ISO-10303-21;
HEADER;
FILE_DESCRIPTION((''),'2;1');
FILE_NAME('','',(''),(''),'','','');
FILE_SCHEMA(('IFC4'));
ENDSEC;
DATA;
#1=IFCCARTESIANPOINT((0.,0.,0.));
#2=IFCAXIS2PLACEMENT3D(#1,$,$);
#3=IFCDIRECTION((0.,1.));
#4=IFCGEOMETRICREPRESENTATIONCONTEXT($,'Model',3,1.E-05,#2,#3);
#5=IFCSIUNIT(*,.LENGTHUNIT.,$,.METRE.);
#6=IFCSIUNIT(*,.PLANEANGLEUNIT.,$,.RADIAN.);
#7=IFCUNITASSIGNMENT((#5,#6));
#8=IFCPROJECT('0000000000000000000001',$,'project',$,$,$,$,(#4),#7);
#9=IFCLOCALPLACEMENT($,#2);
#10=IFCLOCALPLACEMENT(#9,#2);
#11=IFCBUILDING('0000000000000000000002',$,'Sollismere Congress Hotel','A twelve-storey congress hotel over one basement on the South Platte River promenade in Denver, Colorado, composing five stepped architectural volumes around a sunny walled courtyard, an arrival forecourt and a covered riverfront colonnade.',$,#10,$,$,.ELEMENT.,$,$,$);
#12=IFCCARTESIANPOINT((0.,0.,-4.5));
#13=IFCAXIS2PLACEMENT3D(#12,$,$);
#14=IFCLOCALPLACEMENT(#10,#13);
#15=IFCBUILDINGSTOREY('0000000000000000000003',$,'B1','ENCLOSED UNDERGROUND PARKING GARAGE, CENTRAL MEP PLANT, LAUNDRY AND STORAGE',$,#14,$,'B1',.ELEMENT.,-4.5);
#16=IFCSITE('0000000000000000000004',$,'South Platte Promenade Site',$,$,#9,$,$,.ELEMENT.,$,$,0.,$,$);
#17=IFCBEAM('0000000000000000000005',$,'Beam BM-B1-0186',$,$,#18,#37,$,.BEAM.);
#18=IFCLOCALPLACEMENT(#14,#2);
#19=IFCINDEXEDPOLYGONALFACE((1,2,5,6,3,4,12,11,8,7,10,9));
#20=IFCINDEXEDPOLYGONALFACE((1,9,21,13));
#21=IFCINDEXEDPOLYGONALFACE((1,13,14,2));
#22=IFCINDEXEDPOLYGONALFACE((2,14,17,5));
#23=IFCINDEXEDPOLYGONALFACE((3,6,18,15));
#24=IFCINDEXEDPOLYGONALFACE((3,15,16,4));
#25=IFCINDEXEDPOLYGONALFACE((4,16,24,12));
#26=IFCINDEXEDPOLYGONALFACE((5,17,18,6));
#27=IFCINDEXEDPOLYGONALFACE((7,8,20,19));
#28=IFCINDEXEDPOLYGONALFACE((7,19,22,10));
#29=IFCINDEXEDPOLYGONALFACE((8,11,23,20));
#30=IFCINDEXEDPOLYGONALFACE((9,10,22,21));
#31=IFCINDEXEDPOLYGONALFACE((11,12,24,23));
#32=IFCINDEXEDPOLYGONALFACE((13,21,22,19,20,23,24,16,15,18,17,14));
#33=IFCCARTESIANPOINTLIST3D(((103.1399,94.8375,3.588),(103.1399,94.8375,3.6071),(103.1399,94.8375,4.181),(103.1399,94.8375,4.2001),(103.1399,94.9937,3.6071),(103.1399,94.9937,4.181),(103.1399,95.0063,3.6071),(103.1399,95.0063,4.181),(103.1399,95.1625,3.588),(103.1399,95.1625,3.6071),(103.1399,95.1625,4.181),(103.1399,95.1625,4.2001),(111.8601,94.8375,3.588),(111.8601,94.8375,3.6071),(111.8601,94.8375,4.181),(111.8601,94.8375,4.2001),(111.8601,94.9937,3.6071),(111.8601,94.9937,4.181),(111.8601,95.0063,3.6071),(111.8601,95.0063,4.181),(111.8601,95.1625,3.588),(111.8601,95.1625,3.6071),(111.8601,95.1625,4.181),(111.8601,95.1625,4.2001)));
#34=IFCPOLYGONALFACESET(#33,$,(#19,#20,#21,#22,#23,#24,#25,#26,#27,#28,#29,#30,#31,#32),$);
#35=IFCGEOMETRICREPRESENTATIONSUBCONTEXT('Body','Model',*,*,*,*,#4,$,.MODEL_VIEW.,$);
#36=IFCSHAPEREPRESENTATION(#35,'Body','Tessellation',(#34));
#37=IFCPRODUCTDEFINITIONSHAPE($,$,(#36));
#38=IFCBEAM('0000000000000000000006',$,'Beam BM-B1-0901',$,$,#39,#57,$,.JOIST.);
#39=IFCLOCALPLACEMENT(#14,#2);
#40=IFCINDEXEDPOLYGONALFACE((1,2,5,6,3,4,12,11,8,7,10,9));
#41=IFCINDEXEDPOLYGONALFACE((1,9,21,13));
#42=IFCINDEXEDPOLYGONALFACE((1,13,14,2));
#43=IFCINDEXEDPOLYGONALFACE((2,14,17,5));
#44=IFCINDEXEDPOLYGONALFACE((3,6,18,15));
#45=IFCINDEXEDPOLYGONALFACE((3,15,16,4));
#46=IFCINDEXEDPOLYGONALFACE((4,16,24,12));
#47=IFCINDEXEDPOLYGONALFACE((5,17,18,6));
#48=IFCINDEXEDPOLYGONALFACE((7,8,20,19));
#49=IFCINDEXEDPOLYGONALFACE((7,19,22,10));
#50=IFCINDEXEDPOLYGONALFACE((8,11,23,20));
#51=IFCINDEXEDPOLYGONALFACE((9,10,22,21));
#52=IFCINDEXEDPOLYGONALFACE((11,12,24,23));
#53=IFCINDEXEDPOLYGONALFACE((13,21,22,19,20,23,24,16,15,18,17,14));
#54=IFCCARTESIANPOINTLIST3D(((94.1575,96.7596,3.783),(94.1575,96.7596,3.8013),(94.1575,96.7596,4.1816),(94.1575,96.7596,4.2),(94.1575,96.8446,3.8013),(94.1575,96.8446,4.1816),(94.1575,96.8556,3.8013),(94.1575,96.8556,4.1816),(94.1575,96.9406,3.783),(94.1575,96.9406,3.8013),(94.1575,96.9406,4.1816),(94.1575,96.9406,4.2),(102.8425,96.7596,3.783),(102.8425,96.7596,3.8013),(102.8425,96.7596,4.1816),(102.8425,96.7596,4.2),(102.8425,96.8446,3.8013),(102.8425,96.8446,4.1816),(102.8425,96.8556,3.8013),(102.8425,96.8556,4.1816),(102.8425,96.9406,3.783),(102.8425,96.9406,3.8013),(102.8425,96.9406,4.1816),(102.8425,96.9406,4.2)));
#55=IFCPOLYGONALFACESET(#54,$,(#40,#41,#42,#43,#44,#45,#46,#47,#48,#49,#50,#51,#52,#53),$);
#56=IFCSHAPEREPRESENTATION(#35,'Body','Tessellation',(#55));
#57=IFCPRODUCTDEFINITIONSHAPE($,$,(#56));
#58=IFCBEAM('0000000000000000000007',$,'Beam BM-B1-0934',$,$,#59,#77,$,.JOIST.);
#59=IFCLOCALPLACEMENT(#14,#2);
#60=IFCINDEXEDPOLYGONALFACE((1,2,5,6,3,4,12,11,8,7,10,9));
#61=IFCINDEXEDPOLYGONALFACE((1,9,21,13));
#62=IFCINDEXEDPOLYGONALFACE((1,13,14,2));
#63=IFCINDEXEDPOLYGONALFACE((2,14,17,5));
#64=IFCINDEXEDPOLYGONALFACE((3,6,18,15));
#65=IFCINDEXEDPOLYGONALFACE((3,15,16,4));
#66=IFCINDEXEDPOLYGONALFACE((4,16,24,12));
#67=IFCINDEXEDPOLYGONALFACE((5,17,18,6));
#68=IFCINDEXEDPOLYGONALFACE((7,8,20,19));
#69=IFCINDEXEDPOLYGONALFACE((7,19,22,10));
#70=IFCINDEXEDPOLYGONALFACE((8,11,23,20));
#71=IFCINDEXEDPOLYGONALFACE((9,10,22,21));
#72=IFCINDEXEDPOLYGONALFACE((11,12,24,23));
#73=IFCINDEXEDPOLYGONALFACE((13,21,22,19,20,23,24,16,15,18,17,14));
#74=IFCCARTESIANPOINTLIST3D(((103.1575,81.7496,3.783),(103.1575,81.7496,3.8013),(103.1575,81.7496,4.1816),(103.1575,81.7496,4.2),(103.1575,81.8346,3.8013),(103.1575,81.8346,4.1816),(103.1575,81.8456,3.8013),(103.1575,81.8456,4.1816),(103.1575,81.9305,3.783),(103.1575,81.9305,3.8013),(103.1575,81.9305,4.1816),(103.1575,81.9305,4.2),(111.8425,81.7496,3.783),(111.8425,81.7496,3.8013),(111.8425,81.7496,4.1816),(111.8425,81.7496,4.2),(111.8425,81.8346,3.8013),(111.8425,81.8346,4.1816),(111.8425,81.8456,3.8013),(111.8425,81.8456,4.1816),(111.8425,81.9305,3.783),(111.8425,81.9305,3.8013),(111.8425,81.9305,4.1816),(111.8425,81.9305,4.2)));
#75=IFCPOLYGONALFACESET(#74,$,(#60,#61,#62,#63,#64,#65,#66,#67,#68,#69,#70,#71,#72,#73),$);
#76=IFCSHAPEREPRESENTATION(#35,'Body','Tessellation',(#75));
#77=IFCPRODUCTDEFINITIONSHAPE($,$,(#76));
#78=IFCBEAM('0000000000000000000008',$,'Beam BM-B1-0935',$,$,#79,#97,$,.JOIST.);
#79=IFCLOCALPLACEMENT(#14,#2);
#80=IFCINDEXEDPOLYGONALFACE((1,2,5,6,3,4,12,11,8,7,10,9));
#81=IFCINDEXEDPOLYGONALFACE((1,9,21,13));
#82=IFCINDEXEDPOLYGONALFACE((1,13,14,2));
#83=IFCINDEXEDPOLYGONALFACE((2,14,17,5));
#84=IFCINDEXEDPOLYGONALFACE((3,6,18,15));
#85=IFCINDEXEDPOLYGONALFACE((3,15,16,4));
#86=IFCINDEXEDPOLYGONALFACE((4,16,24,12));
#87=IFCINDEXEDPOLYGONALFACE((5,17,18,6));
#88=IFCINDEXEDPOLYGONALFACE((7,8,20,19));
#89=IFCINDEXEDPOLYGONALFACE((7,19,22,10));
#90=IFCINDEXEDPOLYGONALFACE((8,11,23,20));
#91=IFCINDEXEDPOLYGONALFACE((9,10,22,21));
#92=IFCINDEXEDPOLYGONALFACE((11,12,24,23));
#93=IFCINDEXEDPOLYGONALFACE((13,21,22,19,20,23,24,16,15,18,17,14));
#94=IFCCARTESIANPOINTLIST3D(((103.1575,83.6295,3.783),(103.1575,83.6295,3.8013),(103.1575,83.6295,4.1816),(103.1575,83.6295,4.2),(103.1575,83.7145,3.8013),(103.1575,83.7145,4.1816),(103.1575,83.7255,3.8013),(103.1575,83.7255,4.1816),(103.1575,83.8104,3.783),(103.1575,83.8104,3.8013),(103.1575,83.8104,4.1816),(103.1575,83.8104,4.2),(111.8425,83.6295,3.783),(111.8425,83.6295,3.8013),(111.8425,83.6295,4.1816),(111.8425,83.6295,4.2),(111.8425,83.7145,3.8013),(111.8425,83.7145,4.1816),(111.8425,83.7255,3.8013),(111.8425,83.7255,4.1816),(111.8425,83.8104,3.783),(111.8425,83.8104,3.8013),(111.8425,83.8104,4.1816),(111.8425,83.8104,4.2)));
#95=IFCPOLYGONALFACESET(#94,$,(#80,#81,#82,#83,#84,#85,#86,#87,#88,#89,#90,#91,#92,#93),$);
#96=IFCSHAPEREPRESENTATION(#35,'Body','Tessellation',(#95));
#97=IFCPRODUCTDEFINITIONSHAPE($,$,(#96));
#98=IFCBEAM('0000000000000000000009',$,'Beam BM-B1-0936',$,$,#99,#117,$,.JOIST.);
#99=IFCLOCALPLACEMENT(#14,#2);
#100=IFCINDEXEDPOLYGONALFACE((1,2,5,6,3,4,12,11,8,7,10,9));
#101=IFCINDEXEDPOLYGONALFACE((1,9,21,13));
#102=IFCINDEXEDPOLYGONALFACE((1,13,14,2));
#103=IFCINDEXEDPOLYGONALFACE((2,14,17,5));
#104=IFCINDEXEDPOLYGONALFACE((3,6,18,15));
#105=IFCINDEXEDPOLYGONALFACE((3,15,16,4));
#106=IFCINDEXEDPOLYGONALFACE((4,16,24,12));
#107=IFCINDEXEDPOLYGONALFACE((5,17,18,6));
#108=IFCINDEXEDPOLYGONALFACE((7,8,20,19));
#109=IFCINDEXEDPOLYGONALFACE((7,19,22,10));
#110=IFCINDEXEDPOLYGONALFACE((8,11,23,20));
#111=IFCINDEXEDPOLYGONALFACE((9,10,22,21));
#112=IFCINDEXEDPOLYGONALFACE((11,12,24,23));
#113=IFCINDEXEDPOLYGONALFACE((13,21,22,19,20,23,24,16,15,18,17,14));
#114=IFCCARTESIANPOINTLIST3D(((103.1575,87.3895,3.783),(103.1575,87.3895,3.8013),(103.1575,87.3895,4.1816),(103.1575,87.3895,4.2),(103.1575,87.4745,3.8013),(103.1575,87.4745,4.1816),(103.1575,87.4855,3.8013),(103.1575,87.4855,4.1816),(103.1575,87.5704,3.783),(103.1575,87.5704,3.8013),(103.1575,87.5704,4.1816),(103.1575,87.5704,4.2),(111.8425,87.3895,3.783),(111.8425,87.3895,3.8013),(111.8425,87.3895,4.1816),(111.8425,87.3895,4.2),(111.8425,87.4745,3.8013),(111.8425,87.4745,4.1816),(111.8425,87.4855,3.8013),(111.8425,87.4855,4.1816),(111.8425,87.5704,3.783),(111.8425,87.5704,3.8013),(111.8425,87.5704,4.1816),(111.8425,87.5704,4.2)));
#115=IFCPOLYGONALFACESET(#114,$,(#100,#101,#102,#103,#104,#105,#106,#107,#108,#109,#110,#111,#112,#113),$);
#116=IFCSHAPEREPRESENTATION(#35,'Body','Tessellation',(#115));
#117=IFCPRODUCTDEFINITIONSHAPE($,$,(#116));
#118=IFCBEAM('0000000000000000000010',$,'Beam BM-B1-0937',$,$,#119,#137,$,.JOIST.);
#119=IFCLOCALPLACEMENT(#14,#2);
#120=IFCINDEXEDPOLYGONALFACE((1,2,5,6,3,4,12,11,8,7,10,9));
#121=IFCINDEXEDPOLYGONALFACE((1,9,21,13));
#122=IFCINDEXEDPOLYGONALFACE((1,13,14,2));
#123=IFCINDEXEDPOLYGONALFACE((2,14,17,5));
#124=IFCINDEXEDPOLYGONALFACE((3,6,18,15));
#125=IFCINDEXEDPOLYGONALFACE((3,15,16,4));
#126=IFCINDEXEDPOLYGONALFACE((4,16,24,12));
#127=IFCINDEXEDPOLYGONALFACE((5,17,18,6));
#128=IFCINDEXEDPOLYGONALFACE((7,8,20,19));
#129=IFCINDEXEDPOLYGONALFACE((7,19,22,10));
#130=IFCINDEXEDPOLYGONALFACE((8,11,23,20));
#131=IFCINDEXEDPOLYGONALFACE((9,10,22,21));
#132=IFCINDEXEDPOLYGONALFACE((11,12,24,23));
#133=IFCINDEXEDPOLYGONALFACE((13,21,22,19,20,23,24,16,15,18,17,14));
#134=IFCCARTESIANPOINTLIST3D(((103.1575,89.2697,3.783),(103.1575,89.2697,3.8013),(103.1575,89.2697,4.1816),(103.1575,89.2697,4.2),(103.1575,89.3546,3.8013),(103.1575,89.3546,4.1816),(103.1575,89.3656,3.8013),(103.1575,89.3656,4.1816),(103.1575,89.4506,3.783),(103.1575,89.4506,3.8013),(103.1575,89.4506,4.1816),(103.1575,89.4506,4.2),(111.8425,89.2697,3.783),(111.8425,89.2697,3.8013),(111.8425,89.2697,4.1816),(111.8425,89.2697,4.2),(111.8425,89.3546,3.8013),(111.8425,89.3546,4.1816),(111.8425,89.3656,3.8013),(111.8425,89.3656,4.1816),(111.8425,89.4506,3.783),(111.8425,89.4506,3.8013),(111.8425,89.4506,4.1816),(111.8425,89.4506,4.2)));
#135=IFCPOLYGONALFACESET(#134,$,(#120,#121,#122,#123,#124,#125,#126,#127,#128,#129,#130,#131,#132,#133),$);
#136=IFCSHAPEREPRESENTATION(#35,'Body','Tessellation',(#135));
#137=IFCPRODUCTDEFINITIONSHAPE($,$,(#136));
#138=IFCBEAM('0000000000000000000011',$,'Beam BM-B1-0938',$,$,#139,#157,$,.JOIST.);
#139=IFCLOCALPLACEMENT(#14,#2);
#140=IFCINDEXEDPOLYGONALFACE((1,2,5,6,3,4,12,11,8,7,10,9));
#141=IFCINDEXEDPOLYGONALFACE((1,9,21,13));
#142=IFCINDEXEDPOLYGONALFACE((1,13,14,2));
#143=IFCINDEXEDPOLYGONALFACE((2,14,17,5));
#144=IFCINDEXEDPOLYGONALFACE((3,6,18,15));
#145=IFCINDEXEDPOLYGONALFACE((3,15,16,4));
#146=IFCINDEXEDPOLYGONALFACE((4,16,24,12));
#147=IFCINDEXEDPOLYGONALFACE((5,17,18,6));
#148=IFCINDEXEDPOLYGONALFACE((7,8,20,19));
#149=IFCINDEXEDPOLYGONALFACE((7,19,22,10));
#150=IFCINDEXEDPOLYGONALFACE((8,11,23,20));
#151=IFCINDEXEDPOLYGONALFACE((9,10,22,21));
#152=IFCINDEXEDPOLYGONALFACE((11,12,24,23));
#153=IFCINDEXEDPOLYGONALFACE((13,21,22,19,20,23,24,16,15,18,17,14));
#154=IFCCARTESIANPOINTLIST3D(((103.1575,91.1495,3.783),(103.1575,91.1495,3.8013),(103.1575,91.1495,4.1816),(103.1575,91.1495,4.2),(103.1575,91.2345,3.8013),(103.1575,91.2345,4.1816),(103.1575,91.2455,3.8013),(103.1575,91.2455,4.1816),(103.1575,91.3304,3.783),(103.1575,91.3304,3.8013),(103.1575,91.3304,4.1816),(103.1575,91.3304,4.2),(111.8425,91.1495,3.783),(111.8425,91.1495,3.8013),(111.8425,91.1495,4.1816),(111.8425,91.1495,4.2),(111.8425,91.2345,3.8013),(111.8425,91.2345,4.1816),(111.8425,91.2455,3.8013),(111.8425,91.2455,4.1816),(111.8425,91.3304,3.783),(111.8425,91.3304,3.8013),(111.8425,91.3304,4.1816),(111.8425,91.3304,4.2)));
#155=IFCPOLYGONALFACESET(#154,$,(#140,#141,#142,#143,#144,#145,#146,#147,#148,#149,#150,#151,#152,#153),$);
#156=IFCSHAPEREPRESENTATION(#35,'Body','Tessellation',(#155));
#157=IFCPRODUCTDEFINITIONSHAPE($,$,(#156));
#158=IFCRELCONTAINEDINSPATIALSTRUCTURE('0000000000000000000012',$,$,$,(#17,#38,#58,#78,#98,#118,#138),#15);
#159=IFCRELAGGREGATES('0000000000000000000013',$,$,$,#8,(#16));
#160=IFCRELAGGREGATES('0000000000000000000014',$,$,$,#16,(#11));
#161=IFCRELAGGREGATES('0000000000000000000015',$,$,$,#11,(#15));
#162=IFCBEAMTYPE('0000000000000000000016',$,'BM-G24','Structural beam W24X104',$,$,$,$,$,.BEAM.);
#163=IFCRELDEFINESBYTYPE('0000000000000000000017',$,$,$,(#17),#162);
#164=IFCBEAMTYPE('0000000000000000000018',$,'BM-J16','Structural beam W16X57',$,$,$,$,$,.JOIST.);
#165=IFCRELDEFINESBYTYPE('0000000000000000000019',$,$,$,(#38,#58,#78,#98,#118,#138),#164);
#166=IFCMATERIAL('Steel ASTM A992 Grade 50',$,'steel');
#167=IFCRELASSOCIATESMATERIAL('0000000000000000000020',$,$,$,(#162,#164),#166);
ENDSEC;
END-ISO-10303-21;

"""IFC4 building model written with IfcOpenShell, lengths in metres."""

from ifc_helpers import new_model, si_unit, direction, frame, origin, origin_2d, place, context, subcontext, project, spatial, i_section, extrude, material, material_profile, profile_set, type_object, element, save


model = new_model("IFC4")

# Units and contexts
model_context = context("Model", 3, precision=1e-05, world=origin(), true_north=direction((0.0, 1.0)))
body_context = subcontext(model_context, "Body", "Model", "MODEL_VIEW")
ifc_project = project(units=[si_unit("LENGTHUNIT", "METRE"), si_unit("PLANEANGLEUNIT", "RADIAN")], contexts=[model_context])

# Site, building, storey
site_placement = place(None, origin())
site = spatial("IfcSite", under=ifc_project, at=site_placement, Name="South Platte Promenade Site", CompositionType="ELEMENT", RefElevation=0.0)
building_placement = place(site_placement, origin())
building = spatial("IfcBuilding", under=site, at=building_placement, Name="Sollismere Congress Hotel", Description="A twelve-storey congress hotel over one basement on the South Platte River promenade in Denver, Colorado, composing five stepped architectural volumes around a sunny walled courtyard, an arrival forecourt and a covered riverfront colonnade.", CompositionType="ELEMENT")
storey_placement = place(building_placement, frame((0.0, 0.0, -4.5)))
storey = spatial("IfcBuildingStorey", under=building, at=storey_placement, Name="B1", Description="ENCLOSED UNDERGROUND PARKING GARAGE, CENTRAL MEP PLANT, LAUNDRY AND STORAGE", LongName="B1", CompositionType="ELEMENT", Elevation=-4.5)

# Beams
ifc_material_1 = material(Name="Steel ASTM A992 Grade 50", Category="steel")
ifc_material_profile_1 = material_profile(ifc_material_1, i_section(OverallWidth=0.325, OverallDepth=0.6121, WebThickness=0.0127, FlangeThickness=0.019, at=origin_2d()), Name="W24X104")
ifc_profile_set_1 = profile_set([ifc_material_profile_1], Name="Steel ASTM A992 Grade 50")
beam_type_1 = type_object("IfcBeamType", Name="BM-G24", Description="Structural beam W24X104", PredefinedType="BEAM", material=ifc_profile_set_1)
for number, where, z_axis, x_axis, name in (
    (1, (103.1399, 95.0, 3.894), (1.0, 0.0, 0.0), (0.0, 1.0, 0.0), "Beam BM-B1-0186"),
):
    element("IfcBeam", number, at=place(storey_placement, frame(where, z_axis=z_axis, x_axis=x_axis)), inside=storey, type_object=beam_type_1, Name=name, PredefinedType="BEAM", context=body_context, shape_type="SweptSolid", body=[
        extrude(i_section(OverallWidth=0.325, OverallDepth=0.6121, WebThickness=0.0127, FlangeThickness=0.019, at=origin_2d()), origin(), (0.0, 0.0, 1.0), 8.7202),
    ])
ifc_material_profile_2 = material_profile(ifc_material_1, i_section(OverallWidth=0.1809, OverallDepth=0.417, WebThickness=0.011, FlangeThickness=0.0183, at=origin_2d()), Name="W16X57")
ifc_profile_set_2 = profile_set([ifc_material_profile_2], Name="Steel ASTM A992 Grade 50")
beam_type_2 = type_object("IfcBeamType", Name="BM-J16", Description="Structural beam W16X57", PredefinedType="JOIST", material=ifc_profile_set_2)
for number, where, z_axis, x_axis, name in (
    (2, (94.1575, 96.8501, 3.9915), (1.0, 0.0, 0.0), (0.0, 1.0, 0.0), "Beam BM-B1-0901"),
    (3, (103.1575, 81.8401, 3.9915), (1.0, 0.0, 0.0), (0.0, 1.0, 0.0), "Beam BM-B1-0934"),
    (4, (103.1575, 83.72, 3.9915), (1.0, 0.0, 0.0), (0.0, 1.0, 0.0), "Beam BM-B1-0935"),
    (5, (103.1575, 87.48, 3.9915), (1.0, 0.0, 0.0), (0.0, 1.0, 0.0), "Beam BM-B1-0936"),
    (6, (103.1575, 89.3601, 3.9915), (1.0, 0.0, 0.0), (0.0, 1.0, 0.0), "Beam BM-B1-0937"),
    (7, (103.1575, 91.24, 3.9915), (1.0, 0.0, 0.0), (0.0, 1.0, 0.0), "Beam BM-B1-0938"),
):
    element("IfcBeam", number, at=place(storey_placement, frame(where, z_axis=z_axis, x_axis=x_axis)), inside=storey, type_object=beam_type_2, Name=name, PredefinedType="JOIST", context=body_context, shape_type="SweptSolid", body=[
        extrude(i_section(OverallWidth=0.1809, OverallDepth=0.417, WebThickness=0.011, FlangeThickness=0.0183, at=origin_2d()), origin(), (0.0, 0.0, 1.0), 8.6851),
    ])

save(model, "model.ifc")
